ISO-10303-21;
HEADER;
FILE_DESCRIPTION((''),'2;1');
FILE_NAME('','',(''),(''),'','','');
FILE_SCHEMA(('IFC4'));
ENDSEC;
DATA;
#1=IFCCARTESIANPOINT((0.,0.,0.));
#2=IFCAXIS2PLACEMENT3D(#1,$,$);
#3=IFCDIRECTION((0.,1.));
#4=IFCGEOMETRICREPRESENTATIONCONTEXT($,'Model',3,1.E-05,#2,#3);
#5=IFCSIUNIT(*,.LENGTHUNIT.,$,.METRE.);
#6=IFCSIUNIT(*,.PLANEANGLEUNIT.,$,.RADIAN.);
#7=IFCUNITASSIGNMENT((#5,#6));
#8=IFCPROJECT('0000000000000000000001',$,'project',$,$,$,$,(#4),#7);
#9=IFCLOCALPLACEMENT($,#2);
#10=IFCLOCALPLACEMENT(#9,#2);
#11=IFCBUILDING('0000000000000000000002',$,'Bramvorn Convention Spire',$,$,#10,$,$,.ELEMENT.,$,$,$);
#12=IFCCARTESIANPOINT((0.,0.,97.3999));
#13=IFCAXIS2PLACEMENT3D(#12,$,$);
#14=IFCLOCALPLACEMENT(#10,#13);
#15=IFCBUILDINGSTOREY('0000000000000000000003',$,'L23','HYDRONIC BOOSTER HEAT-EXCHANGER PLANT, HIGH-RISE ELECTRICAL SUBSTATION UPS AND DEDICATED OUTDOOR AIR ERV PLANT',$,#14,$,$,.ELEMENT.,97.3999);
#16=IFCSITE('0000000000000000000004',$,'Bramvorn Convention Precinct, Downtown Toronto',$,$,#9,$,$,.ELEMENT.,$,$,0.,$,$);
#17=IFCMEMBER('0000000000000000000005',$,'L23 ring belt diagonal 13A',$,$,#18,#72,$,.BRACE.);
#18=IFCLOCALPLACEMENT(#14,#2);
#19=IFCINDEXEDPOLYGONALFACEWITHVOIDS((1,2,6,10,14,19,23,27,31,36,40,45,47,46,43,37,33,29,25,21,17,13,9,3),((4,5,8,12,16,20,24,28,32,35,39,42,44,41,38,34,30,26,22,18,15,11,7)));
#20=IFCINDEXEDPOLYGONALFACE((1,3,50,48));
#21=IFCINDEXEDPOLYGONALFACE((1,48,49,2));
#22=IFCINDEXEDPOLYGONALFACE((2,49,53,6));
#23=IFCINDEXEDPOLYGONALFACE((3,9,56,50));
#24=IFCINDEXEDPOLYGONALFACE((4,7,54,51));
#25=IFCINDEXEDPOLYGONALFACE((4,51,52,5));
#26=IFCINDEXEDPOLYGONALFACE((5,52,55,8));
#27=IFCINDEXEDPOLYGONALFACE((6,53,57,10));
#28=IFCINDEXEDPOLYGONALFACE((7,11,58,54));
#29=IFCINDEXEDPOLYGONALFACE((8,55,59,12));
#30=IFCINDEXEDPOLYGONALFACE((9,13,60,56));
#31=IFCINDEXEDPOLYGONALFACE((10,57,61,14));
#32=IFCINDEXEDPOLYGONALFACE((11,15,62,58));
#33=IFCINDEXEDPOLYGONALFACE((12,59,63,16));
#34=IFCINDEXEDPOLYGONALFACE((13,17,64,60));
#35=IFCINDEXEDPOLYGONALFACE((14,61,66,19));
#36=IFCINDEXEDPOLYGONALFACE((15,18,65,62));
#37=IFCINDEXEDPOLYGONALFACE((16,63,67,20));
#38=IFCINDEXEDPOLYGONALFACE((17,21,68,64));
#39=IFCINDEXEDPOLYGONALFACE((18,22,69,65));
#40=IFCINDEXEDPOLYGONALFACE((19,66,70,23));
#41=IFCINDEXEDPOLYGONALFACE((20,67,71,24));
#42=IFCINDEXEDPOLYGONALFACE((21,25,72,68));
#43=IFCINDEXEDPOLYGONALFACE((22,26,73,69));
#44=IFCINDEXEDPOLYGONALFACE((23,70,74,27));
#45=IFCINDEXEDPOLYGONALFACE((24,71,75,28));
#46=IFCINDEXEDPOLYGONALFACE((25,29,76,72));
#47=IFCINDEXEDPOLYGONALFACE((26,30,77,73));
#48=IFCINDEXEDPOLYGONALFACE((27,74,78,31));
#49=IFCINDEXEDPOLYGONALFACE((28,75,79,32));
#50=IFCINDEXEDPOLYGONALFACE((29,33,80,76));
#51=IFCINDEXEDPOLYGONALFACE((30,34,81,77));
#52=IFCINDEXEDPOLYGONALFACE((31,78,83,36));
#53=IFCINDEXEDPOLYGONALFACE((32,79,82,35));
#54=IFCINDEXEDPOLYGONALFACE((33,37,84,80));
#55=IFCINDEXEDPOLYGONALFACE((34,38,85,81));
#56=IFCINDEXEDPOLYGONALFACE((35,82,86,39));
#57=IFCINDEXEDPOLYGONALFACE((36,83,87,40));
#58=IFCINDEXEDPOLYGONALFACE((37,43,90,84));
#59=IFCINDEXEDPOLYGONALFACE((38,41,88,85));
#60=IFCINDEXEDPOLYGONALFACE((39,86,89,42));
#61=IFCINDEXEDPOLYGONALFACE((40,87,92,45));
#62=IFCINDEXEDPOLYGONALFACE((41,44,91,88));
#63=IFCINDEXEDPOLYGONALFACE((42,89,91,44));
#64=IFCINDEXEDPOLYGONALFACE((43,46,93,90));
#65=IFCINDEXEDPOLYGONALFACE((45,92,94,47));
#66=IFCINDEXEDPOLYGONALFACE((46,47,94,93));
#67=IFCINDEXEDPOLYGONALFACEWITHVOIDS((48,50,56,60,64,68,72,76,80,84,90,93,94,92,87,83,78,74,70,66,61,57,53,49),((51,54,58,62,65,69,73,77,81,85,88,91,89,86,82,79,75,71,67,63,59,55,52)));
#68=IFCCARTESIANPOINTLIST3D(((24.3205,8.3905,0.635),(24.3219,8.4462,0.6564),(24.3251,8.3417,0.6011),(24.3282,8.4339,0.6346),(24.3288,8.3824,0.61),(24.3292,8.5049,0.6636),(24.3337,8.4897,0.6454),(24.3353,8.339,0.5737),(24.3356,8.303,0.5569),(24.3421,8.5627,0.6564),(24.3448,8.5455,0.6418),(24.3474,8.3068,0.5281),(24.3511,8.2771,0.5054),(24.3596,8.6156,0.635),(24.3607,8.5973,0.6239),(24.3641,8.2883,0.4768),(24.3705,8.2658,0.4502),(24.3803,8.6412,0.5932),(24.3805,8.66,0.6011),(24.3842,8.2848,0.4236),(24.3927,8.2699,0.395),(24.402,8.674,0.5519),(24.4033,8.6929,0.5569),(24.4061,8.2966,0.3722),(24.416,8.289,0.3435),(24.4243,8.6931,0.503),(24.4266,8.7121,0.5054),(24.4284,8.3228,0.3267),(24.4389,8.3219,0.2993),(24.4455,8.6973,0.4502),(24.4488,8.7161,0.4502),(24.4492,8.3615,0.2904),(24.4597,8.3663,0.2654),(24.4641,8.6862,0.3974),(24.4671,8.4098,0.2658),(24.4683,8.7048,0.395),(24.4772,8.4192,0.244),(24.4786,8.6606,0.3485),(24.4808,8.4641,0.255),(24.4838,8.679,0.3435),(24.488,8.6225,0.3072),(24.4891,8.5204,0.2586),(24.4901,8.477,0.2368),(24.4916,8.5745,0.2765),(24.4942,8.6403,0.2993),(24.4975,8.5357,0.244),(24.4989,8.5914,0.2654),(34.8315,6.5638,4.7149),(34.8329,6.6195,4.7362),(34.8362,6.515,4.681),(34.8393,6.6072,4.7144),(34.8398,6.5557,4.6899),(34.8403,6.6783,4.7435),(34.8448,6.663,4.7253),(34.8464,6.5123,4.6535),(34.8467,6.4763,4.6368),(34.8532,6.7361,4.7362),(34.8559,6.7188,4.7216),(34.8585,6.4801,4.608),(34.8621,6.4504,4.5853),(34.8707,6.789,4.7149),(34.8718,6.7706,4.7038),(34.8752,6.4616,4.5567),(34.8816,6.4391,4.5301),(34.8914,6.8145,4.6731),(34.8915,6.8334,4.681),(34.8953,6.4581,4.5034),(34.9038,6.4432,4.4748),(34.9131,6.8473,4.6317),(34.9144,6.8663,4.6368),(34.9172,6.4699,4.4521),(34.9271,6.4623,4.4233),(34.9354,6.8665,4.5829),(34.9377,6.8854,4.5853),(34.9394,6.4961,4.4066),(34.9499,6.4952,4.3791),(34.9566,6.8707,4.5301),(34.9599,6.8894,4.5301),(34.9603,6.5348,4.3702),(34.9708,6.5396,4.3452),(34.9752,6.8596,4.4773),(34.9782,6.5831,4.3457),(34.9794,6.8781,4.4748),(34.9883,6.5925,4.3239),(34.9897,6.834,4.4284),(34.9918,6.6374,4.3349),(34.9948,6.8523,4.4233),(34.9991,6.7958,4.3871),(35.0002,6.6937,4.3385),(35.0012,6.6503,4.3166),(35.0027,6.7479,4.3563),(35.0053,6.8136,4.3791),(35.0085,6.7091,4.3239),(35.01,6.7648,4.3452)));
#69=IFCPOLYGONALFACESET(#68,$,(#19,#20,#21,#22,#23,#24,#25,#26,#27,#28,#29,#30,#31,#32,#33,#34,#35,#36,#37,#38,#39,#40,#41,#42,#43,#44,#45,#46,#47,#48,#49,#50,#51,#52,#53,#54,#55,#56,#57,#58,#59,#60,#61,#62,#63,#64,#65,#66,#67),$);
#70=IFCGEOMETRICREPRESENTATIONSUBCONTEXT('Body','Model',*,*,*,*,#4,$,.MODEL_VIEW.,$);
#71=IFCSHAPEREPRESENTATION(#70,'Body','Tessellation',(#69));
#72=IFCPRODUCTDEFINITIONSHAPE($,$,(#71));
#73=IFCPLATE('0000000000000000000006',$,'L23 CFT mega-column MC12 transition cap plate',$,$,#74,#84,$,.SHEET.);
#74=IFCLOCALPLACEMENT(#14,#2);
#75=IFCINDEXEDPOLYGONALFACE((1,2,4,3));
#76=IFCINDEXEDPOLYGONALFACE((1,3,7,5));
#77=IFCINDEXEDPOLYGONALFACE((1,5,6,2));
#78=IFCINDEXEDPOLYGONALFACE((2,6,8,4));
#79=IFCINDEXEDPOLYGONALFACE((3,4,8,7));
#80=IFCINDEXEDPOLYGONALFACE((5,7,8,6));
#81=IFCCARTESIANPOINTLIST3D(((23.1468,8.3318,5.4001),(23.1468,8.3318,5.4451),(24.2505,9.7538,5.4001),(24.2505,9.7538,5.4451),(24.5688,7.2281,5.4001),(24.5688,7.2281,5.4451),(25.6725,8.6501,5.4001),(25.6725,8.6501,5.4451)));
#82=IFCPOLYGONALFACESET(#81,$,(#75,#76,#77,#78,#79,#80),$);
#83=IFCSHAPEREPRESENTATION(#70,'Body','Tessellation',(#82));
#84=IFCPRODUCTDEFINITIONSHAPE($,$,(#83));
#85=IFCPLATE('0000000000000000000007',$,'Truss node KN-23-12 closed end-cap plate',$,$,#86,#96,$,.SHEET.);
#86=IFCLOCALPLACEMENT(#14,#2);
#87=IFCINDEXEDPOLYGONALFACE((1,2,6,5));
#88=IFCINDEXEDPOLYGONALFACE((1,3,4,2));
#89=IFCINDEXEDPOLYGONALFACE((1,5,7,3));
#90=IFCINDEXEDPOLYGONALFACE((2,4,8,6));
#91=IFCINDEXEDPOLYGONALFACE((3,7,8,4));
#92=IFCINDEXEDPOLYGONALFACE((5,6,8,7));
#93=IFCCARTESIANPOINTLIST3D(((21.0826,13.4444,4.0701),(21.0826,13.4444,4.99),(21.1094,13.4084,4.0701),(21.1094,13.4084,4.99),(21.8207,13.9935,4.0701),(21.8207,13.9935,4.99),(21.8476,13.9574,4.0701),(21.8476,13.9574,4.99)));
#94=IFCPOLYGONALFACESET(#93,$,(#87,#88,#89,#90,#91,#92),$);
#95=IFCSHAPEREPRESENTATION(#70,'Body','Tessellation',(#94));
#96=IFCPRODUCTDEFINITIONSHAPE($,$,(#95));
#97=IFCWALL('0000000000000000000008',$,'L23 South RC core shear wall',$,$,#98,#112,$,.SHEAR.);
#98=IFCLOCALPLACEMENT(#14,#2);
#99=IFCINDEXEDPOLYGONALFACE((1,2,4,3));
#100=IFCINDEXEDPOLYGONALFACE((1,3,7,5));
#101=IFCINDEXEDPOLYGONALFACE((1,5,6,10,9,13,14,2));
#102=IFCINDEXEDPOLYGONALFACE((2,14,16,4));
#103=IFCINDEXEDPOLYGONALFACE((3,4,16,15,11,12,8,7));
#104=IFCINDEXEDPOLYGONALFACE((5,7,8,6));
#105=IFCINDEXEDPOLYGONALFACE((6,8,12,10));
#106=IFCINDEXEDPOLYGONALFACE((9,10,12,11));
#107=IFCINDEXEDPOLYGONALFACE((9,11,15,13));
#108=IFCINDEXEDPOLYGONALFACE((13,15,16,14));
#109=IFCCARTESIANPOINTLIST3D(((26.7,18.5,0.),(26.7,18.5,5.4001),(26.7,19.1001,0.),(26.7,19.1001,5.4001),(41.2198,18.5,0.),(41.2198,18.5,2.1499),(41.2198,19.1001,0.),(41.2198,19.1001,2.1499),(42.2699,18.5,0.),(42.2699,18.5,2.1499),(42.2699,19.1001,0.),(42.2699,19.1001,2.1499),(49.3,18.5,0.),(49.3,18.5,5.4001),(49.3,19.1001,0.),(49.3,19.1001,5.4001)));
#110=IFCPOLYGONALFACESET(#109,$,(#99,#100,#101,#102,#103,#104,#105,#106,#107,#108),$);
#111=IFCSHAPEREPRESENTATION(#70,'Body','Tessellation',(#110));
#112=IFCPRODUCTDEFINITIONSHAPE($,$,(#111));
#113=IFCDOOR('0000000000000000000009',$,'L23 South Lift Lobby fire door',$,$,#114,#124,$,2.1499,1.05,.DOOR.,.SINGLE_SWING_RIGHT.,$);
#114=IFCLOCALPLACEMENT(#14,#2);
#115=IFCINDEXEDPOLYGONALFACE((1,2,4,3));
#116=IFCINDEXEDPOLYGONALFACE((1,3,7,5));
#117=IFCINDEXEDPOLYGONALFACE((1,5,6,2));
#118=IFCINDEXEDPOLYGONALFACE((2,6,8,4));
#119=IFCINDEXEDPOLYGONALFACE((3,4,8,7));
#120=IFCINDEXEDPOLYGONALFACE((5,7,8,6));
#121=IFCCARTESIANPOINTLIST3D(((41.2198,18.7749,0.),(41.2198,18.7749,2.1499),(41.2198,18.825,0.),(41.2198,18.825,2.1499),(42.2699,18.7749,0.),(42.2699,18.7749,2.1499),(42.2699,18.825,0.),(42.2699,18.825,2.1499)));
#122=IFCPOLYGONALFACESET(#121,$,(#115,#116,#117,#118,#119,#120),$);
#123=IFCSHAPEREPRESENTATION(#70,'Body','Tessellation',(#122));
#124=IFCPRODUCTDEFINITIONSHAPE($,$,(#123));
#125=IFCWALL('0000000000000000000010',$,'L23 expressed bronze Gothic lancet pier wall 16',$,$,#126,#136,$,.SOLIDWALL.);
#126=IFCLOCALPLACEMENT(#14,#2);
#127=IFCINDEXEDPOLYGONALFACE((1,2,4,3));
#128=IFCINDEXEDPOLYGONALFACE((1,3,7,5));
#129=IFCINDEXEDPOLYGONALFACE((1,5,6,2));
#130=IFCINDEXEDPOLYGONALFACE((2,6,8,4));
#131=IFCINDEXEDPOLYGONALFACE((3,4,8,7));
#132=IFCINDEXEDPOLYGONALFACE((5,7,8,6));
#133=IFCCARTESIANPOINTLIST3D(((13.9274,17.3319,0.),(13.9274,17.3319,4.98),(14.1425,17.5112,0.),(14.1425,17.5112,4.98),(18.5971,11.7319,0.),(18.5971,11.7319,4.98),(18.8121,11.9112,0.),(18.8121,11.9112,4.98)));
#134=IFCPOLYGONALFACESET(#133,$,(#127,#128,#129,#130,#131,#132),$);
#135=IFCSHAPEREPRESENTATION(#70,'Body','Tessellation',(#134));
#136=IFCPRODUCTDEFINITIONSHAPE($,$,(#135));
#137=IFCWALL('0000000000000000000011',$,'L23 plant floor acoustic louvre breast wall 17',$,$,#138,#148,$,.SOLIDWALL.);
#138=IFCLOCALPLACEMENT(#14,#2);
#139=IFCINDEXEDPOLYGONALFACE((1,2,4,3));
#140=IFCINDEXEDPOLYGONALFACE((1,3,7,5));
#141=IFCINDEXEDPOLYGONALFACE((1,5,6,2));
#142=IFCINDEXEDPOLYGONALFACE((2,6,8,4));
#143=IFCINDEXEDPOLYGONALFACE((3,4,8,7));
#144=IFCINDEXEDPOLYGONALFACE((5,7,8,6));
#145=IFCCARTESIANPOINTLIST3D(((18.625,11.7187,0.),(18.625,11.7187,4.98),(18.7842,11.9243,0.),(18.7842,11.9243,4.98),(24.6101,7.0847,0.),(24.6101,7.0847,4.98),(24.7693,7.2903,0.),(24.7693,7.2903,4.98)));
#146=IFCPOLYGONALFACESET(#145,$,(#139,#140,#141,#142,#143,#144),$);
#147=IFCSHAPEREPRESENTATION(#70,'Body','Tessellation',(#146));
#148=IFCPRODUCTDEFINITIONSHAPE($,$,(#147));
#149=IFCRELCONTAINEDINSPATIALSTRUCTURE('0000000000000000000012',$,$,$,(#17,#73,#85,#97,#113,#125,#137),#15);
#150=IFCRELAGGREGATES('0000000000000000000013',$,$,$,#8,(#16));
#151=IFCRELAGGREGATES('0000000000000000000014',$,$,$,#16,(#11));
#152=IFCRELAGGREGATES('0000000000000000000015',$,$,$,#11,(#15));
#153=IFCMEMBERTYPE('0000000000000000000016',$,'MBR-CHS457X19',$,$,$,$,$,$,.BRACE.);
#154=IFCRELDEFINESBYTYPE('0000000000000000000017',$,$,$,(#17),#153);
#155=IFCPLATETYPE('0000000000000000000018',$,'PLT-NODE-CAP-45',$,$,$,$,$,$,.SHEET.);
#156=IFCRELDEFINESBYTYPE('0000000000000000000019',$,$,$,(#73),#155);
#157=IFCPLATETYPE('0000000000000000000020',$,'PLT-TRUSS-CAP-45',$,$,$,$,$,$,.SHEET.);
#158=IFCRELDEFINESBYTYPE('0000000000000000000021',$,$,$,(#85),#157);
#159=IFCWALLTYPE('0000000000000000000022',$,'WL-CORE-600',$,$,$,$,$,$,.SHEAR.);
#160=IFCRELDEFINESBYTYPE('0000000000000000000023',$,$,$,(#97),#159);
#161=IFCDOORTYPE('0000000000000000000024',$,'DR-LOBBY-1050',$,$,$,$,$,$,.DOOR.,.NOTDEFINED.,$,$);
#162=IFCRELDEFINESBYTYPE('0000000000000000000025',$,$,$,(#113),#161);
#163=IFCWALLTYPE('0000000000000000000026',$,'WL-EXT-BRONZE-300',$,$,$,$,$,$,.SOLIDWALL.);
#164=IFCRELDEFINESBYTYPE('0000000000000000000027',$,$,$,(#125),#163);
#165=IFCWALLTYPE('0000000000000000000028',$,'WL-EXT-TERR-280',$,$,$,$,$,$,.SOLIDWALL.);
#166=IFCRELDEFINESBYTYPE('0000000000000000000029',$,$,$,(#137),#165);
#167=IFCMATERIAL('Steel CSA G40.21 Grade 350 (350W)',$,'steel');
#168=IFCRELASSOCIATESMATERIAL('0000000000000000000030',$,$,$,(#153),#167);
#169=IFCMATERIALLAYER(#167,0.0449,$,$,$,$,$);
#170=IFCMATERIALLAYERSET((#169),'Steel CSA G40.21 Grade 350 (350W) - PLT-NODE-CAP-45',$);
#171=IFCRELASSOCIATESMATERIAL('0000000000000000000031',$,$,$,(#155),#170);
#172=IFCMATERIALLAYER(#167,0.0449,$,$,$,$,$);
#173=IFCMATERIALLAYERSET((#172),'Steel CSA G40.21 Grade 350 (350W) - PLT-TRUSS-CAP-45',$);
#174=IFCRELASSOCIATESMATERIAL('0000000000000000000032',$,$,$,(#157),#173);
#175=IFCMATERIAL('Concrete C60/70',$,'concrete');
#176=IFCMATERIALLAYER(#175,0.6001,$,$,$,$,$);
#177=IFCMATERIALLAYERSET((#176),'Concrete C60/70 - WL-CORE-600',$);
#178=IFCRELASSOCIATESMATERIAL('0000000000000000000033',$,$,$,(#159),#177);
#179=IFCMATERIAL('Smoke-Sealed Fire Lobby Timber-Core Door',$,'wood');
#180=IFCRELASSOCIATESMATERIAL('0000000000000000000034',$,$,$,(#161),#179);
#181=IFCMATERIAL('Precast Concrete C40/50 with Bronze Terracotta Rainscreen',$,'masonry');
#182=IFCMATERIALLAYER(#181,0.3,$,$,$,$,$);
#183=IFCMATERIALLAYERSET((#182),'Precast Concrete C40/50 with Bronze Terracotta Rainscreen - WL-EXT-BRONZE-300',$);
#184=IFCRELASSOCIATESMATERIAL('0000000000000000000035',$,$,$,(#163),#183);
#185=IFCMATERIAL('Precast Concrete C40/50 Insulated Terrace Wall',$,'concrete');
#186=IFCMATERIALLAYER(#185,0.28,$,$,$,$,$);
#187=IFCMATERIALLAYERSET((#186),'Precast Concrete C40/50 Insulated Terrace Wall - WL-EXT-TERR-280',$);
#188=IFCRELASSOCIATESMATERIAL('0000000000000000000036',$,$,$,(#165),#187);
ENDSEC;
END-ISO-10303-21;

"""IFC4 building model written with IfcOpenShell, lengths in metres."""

from ifc_helpers import new_model, si_unit, direction, frame, frame_2d, origin, origin_2d, place, context, subcontext, project, spatial, rectangle, hollow_circle, extrude, material, layer, layer_set, material_profile, profile_set, type_object, element, fill, save


model = new_model("IFC4")

# Units and contexts
model_context = context("Model", 3, precision=1e-05, world=origin(), true_north=direction((0.0, 1.0)))
body_context = subcontext(model_context, "Body", "Model", "MODEL_VIEW")
ifc_project = project(units=[si_unit("LENGTHUNIT", "METRE"), si_unit("PLANEANGLEUNIT", "RADIAN")], contexts=[model_context])

# Site, building, storey
site_placement = place(None, origin())
site = spatial("IfcSite", under=ifc_project, at=site_placement, Name="Bramvorn Convention Precinct, Downtown Toronto", CompositionType="ELEMENT", RefElevation=0.0)
building_placement = place(site_placement, origin())
building = spatial("IfcBuilding", under=site, at=building_placement, Name="Bramvorn Convention Spire", CompositionType="ELEMENT")
storey_placement = place(building_placement, frame((0.0, 0.0, 97.3999)))
storey = spatial("IfcBuildingStorey", under=building, at=storey_placement, Name="L23", Description="HYDRONIC BOOSTER HEAT-EXCHANGER PLANT, HIGH-RISE ELECTRICAL SUBSTATION UPS AND DEDICATED OUTDOOR AIR ERV PLANT", CompositionType="ELEMENT", Elevation=97.3999)

# Shared definitions
ifc_material_1 = material(Name="Steel CSA G40.21 Grade 350 (350W)", Category="steel")

# Member
ifc_material_profile_1 = material_profile(ifc_material_1, hollow_circle(Radius=0.2285, WallThickness=0.019, at=origin_2d()))
ifc_profile_set_1 = profile_set([ifc_material_profile_1], Name="Steel CSA G40.21 Grade 350 (350W) - CHS457X19")
member_type_1 = type_object("IfcMemberType", Name="MBR-CHS457X19", PredefinedType="BRACE", material=ifc_profile_set_1)
member_1_placement = place(storey_placement, frame((24.4097, 8.491, 0.4502), z_axis=(0.920239, -0.159924, 0.35719), x_axis=(0.171219, 0.985233, 0.0)))
element("IfcMember", 1, at=member_1_placement, inside=storey, type_object=member_type_1, Name="L23 ring belt diagonal 13A", PredefinedType="BRACE", context=body_context, shape_type="SweptSolid", body=[
    extrude(hollow_circle(Radius=0.2285, WallThickness=0.019, at=origin_2d()), origin(), (0.0, 0.0, 1.0), 11.4221),
])

# Plates
ifc_layer_1 = layer(ifc_material_1, 0.0449)
ifc_layer_set_1 = layer_set([ifc_layer_1], Name="Steel CSA G40.21 Grade 350 (350W) - PLT-NODE-CAP-45")
plate_type_1 = type_object("IfcPlateType", Name="PLT-NODE-CAP-45", PredefinedType="SHEET", material=ifc_layer_set_1)
plate_1_placement = place(storey_placement, frame((24.4097, 8.491, 5.4001), z_axis=(0.0, 0.0, 1.0), x_axis=(-0.613158, -0.78996, 0.0)))
element("IfcPlate", 2, at=plate_1_placement, inside=storey, type_object=plate_type_1, Name="L23 CFT mega-column MC12 transition cap plate", PredefinedType="SHEET", context=body_context, shape_type="SweptSolid", body=[
    extrude(rectangle(XDim=1.8, YDim=1.8, at=origin_2d()), origin(), (0.0, 0.0, 1.0), 0.0449),
])
ifc_layer_2 = layer(ifc_material_1, 0.0449)
ifc_layer_set_2 = layer_set([ifc_layer_2], Name="Steel CSA G40.21 Grade 350 (350W) - PLT-TRUSS-CAP-45")
plate_type_2 = type_object("IfcPlateType", Name="PLT-TRUSS-CAP-45", PredefinedType="SHEET", material=ifc_layer_set_2)
plate_2_placement = place(storey_placement, frame((21.4651, 13.7009, 4.0701), z_axis=(0.0, 0.0, 1.0), x_axis=(-0.802372, -0.596824, 0.0)))
element("IfcPlate", 3, at=plate_2_placement, inside=storey, type_object=plate_type_2, Name="Truss node KN-23-12 closed end-cap plate", PredefinedType="SHEET", context=body_context, shape_type="SweptSolid", body=[
    extrude(rectangle(XDim=0.9199, YDim=0.0449, at=origin_2d()), origin(), (0.0, 0.0, 1.0), 0.9199),
])

# Wall, opening, door
ifc_material_2 = material(Name="Concrete C60/70", Category="concrete")
ifc_layer_3 = layer(ifc_material_2, 0.6001)
ifc_layer_set_3 = layer_set([ifc_layer_3], Name="Concrete C60/70 - WL-CORE-600")
wall_type_1 = type_object("IfcWallType", Name="WL-CORE-600", PredefinedType="SHEAR", material=ifc_layer_set_3)
wall_1_placement = place(storey_placement, frame((26.7, 18.8, 0.0), z_axis=(0.0, 0.0, 1.0), x_axis=(1.0, 0.0, 0.0)))
wall_1 = element("IfcWall", 4, at=wall_1_placement, inside=storey, type_object=wall_type_1, Name="L23 South RC core shear wall", PredefinedType="SHEAR", context=body_context, shape_type="SweptSolid", body=[
    extrude(rectangle(XDim=22.6001, YDim=0.6001, at=frame_2d((11.3, 0.0))), origin(), (0.0, 0.0, 1.0), 5.4001),
])
opening_1_placement = place(wall_1_placement, frame((14.52, 0.0, 0.0)))
opening_1 = element("IfcOpeningElement", 5, at=opening_1_placement, cuts=wall_1, PredefinedType="OPENING", context=body_context, shape_type="SweptSolid", body=[
    extrude(rectangle(XDim=1.05, YDim=2.1499, at=frame_2d((0.5249, 1.075))), frame((0.0, 0.3101, 0.0), z_axis=(0.0, -1.0, 0.0), x_axis=(1.0, 0.0, 0.0)), (0.0, 0.0, 1.0), 0.6201),
])
ifc_material_3 = material(Name="Smoke-Sealed Fire Lobby Timber-Core Door", Category="wood")
door_type_1 = type_object("IfcDoorType", Name="DR-LOBBY-1050", OperationType="NOTDEFINED", PredefinedType="DOOR", material=ifc_material_3)
door_1_placement = place(opening_1_placement, origin())
door_1 = element("IfcDoor", 6, at=door_1_placement, inside=storey, type_object=door_type_1, Name="L23 South Lift Lobby fire door", OperationType="SINGLE_SWING_RIGHT", OverallHeight=2.1499, OverallWidth=1.05, PredefinedType="DOOR", context=body_context, shape_type="SweptSolid", body=[
    extrude(rectangle(XDim=1.05, YDim=2.1499, at=frame_2d((0.5249, 1.075))), frame((0.0, 0.0249, 0.0), z_axis=(0.0, -1.0, 0.0), x_axis=(1.0, 0.0, 0.0)), (0.0, 0.0, 1.0), 0.05),
])
fill(opening_1, door_1)

# Walls
ifc_material_4 = material(Name="Precast Concrete C40/50 with Bronze Terracotta Rainscreen", Category="masonry")
ifc_layer_4 = layer(ifc_material_4, 0.3)
ifc_layer_set_4 = layer_set([ifc_layer_4], Name="Precast Concrete C40/50 with Bronze Terracotta Rainscreen - WL-EXT-BRONZE-300")
wall_type_2 = type_object("IfcWallType", Name="WL-EXT-BRONZE-300", PredefinedType="SOLIDWALL", material=ifc_layer_set_4)
wall_2_placement = place(storey_placement, frame((18.7046, 11.8215, 0.0), z_axis=(0.0, 0.0, 1.0), x_axis=(-0.640421, 0.768024, 0.0)))
element("IfcWall", 7, at=wall_2_placement, inside=storey, type_object=wall_type_2, Name="L23 expressed bronze Gothic lancet pier wall 16", PredefinedType="SOLIDWALL", context=body_context, shape_type="SweptSolid", body=[
    extrude(rectangle(XDim=7.2915, YDim=0.28, at=frame_2d((3.6458, 0.0))), origin(), (0.0, 0.0, 1.0), 4.98),
])
ifc_material_5 = material(Name="Precast Concrete C40/50 Insulated Terrace Wall", Category="concrete")
ifc_layer_5 = layer(ifc_material_5, 0.28)
ifc_layer_set_5 = layer_set([ifc_layer_5], Name="Precast Concrete C40/50 Insulated Terrace Wall - WL-EXT-TERR-280")
wall_type_3 = type_object("IfcWallType", Name="WL-EXT-TERR-280", PredefinedType="SOLIDWALL", material=ifc_layer_set_5)
wall_3_placement = place(storey_placement, frame((24.6897, 7.1875, 0.0), z_axis=(0.0, 0.0, 1.0), x_axis=(-0.790698, 0.612206, 0.0)))
element("IfcWall", 8, at=wall_3_placement, inside=storey, type_object=wall_type_3, Name="L23 plant floor acoustic louvre breast wall 17", PredefinedType="SOLIDWALL", context=body_context, shape_type="SweptSolid", body=[
    extrude(rectangle(XDim=7.5693, YDim=0.26, at=frame_2d((3.7847, 0.0))), origin(), (0.0, 0.0, 1.0), 4.98),
])

save(model, "model.ifc")
